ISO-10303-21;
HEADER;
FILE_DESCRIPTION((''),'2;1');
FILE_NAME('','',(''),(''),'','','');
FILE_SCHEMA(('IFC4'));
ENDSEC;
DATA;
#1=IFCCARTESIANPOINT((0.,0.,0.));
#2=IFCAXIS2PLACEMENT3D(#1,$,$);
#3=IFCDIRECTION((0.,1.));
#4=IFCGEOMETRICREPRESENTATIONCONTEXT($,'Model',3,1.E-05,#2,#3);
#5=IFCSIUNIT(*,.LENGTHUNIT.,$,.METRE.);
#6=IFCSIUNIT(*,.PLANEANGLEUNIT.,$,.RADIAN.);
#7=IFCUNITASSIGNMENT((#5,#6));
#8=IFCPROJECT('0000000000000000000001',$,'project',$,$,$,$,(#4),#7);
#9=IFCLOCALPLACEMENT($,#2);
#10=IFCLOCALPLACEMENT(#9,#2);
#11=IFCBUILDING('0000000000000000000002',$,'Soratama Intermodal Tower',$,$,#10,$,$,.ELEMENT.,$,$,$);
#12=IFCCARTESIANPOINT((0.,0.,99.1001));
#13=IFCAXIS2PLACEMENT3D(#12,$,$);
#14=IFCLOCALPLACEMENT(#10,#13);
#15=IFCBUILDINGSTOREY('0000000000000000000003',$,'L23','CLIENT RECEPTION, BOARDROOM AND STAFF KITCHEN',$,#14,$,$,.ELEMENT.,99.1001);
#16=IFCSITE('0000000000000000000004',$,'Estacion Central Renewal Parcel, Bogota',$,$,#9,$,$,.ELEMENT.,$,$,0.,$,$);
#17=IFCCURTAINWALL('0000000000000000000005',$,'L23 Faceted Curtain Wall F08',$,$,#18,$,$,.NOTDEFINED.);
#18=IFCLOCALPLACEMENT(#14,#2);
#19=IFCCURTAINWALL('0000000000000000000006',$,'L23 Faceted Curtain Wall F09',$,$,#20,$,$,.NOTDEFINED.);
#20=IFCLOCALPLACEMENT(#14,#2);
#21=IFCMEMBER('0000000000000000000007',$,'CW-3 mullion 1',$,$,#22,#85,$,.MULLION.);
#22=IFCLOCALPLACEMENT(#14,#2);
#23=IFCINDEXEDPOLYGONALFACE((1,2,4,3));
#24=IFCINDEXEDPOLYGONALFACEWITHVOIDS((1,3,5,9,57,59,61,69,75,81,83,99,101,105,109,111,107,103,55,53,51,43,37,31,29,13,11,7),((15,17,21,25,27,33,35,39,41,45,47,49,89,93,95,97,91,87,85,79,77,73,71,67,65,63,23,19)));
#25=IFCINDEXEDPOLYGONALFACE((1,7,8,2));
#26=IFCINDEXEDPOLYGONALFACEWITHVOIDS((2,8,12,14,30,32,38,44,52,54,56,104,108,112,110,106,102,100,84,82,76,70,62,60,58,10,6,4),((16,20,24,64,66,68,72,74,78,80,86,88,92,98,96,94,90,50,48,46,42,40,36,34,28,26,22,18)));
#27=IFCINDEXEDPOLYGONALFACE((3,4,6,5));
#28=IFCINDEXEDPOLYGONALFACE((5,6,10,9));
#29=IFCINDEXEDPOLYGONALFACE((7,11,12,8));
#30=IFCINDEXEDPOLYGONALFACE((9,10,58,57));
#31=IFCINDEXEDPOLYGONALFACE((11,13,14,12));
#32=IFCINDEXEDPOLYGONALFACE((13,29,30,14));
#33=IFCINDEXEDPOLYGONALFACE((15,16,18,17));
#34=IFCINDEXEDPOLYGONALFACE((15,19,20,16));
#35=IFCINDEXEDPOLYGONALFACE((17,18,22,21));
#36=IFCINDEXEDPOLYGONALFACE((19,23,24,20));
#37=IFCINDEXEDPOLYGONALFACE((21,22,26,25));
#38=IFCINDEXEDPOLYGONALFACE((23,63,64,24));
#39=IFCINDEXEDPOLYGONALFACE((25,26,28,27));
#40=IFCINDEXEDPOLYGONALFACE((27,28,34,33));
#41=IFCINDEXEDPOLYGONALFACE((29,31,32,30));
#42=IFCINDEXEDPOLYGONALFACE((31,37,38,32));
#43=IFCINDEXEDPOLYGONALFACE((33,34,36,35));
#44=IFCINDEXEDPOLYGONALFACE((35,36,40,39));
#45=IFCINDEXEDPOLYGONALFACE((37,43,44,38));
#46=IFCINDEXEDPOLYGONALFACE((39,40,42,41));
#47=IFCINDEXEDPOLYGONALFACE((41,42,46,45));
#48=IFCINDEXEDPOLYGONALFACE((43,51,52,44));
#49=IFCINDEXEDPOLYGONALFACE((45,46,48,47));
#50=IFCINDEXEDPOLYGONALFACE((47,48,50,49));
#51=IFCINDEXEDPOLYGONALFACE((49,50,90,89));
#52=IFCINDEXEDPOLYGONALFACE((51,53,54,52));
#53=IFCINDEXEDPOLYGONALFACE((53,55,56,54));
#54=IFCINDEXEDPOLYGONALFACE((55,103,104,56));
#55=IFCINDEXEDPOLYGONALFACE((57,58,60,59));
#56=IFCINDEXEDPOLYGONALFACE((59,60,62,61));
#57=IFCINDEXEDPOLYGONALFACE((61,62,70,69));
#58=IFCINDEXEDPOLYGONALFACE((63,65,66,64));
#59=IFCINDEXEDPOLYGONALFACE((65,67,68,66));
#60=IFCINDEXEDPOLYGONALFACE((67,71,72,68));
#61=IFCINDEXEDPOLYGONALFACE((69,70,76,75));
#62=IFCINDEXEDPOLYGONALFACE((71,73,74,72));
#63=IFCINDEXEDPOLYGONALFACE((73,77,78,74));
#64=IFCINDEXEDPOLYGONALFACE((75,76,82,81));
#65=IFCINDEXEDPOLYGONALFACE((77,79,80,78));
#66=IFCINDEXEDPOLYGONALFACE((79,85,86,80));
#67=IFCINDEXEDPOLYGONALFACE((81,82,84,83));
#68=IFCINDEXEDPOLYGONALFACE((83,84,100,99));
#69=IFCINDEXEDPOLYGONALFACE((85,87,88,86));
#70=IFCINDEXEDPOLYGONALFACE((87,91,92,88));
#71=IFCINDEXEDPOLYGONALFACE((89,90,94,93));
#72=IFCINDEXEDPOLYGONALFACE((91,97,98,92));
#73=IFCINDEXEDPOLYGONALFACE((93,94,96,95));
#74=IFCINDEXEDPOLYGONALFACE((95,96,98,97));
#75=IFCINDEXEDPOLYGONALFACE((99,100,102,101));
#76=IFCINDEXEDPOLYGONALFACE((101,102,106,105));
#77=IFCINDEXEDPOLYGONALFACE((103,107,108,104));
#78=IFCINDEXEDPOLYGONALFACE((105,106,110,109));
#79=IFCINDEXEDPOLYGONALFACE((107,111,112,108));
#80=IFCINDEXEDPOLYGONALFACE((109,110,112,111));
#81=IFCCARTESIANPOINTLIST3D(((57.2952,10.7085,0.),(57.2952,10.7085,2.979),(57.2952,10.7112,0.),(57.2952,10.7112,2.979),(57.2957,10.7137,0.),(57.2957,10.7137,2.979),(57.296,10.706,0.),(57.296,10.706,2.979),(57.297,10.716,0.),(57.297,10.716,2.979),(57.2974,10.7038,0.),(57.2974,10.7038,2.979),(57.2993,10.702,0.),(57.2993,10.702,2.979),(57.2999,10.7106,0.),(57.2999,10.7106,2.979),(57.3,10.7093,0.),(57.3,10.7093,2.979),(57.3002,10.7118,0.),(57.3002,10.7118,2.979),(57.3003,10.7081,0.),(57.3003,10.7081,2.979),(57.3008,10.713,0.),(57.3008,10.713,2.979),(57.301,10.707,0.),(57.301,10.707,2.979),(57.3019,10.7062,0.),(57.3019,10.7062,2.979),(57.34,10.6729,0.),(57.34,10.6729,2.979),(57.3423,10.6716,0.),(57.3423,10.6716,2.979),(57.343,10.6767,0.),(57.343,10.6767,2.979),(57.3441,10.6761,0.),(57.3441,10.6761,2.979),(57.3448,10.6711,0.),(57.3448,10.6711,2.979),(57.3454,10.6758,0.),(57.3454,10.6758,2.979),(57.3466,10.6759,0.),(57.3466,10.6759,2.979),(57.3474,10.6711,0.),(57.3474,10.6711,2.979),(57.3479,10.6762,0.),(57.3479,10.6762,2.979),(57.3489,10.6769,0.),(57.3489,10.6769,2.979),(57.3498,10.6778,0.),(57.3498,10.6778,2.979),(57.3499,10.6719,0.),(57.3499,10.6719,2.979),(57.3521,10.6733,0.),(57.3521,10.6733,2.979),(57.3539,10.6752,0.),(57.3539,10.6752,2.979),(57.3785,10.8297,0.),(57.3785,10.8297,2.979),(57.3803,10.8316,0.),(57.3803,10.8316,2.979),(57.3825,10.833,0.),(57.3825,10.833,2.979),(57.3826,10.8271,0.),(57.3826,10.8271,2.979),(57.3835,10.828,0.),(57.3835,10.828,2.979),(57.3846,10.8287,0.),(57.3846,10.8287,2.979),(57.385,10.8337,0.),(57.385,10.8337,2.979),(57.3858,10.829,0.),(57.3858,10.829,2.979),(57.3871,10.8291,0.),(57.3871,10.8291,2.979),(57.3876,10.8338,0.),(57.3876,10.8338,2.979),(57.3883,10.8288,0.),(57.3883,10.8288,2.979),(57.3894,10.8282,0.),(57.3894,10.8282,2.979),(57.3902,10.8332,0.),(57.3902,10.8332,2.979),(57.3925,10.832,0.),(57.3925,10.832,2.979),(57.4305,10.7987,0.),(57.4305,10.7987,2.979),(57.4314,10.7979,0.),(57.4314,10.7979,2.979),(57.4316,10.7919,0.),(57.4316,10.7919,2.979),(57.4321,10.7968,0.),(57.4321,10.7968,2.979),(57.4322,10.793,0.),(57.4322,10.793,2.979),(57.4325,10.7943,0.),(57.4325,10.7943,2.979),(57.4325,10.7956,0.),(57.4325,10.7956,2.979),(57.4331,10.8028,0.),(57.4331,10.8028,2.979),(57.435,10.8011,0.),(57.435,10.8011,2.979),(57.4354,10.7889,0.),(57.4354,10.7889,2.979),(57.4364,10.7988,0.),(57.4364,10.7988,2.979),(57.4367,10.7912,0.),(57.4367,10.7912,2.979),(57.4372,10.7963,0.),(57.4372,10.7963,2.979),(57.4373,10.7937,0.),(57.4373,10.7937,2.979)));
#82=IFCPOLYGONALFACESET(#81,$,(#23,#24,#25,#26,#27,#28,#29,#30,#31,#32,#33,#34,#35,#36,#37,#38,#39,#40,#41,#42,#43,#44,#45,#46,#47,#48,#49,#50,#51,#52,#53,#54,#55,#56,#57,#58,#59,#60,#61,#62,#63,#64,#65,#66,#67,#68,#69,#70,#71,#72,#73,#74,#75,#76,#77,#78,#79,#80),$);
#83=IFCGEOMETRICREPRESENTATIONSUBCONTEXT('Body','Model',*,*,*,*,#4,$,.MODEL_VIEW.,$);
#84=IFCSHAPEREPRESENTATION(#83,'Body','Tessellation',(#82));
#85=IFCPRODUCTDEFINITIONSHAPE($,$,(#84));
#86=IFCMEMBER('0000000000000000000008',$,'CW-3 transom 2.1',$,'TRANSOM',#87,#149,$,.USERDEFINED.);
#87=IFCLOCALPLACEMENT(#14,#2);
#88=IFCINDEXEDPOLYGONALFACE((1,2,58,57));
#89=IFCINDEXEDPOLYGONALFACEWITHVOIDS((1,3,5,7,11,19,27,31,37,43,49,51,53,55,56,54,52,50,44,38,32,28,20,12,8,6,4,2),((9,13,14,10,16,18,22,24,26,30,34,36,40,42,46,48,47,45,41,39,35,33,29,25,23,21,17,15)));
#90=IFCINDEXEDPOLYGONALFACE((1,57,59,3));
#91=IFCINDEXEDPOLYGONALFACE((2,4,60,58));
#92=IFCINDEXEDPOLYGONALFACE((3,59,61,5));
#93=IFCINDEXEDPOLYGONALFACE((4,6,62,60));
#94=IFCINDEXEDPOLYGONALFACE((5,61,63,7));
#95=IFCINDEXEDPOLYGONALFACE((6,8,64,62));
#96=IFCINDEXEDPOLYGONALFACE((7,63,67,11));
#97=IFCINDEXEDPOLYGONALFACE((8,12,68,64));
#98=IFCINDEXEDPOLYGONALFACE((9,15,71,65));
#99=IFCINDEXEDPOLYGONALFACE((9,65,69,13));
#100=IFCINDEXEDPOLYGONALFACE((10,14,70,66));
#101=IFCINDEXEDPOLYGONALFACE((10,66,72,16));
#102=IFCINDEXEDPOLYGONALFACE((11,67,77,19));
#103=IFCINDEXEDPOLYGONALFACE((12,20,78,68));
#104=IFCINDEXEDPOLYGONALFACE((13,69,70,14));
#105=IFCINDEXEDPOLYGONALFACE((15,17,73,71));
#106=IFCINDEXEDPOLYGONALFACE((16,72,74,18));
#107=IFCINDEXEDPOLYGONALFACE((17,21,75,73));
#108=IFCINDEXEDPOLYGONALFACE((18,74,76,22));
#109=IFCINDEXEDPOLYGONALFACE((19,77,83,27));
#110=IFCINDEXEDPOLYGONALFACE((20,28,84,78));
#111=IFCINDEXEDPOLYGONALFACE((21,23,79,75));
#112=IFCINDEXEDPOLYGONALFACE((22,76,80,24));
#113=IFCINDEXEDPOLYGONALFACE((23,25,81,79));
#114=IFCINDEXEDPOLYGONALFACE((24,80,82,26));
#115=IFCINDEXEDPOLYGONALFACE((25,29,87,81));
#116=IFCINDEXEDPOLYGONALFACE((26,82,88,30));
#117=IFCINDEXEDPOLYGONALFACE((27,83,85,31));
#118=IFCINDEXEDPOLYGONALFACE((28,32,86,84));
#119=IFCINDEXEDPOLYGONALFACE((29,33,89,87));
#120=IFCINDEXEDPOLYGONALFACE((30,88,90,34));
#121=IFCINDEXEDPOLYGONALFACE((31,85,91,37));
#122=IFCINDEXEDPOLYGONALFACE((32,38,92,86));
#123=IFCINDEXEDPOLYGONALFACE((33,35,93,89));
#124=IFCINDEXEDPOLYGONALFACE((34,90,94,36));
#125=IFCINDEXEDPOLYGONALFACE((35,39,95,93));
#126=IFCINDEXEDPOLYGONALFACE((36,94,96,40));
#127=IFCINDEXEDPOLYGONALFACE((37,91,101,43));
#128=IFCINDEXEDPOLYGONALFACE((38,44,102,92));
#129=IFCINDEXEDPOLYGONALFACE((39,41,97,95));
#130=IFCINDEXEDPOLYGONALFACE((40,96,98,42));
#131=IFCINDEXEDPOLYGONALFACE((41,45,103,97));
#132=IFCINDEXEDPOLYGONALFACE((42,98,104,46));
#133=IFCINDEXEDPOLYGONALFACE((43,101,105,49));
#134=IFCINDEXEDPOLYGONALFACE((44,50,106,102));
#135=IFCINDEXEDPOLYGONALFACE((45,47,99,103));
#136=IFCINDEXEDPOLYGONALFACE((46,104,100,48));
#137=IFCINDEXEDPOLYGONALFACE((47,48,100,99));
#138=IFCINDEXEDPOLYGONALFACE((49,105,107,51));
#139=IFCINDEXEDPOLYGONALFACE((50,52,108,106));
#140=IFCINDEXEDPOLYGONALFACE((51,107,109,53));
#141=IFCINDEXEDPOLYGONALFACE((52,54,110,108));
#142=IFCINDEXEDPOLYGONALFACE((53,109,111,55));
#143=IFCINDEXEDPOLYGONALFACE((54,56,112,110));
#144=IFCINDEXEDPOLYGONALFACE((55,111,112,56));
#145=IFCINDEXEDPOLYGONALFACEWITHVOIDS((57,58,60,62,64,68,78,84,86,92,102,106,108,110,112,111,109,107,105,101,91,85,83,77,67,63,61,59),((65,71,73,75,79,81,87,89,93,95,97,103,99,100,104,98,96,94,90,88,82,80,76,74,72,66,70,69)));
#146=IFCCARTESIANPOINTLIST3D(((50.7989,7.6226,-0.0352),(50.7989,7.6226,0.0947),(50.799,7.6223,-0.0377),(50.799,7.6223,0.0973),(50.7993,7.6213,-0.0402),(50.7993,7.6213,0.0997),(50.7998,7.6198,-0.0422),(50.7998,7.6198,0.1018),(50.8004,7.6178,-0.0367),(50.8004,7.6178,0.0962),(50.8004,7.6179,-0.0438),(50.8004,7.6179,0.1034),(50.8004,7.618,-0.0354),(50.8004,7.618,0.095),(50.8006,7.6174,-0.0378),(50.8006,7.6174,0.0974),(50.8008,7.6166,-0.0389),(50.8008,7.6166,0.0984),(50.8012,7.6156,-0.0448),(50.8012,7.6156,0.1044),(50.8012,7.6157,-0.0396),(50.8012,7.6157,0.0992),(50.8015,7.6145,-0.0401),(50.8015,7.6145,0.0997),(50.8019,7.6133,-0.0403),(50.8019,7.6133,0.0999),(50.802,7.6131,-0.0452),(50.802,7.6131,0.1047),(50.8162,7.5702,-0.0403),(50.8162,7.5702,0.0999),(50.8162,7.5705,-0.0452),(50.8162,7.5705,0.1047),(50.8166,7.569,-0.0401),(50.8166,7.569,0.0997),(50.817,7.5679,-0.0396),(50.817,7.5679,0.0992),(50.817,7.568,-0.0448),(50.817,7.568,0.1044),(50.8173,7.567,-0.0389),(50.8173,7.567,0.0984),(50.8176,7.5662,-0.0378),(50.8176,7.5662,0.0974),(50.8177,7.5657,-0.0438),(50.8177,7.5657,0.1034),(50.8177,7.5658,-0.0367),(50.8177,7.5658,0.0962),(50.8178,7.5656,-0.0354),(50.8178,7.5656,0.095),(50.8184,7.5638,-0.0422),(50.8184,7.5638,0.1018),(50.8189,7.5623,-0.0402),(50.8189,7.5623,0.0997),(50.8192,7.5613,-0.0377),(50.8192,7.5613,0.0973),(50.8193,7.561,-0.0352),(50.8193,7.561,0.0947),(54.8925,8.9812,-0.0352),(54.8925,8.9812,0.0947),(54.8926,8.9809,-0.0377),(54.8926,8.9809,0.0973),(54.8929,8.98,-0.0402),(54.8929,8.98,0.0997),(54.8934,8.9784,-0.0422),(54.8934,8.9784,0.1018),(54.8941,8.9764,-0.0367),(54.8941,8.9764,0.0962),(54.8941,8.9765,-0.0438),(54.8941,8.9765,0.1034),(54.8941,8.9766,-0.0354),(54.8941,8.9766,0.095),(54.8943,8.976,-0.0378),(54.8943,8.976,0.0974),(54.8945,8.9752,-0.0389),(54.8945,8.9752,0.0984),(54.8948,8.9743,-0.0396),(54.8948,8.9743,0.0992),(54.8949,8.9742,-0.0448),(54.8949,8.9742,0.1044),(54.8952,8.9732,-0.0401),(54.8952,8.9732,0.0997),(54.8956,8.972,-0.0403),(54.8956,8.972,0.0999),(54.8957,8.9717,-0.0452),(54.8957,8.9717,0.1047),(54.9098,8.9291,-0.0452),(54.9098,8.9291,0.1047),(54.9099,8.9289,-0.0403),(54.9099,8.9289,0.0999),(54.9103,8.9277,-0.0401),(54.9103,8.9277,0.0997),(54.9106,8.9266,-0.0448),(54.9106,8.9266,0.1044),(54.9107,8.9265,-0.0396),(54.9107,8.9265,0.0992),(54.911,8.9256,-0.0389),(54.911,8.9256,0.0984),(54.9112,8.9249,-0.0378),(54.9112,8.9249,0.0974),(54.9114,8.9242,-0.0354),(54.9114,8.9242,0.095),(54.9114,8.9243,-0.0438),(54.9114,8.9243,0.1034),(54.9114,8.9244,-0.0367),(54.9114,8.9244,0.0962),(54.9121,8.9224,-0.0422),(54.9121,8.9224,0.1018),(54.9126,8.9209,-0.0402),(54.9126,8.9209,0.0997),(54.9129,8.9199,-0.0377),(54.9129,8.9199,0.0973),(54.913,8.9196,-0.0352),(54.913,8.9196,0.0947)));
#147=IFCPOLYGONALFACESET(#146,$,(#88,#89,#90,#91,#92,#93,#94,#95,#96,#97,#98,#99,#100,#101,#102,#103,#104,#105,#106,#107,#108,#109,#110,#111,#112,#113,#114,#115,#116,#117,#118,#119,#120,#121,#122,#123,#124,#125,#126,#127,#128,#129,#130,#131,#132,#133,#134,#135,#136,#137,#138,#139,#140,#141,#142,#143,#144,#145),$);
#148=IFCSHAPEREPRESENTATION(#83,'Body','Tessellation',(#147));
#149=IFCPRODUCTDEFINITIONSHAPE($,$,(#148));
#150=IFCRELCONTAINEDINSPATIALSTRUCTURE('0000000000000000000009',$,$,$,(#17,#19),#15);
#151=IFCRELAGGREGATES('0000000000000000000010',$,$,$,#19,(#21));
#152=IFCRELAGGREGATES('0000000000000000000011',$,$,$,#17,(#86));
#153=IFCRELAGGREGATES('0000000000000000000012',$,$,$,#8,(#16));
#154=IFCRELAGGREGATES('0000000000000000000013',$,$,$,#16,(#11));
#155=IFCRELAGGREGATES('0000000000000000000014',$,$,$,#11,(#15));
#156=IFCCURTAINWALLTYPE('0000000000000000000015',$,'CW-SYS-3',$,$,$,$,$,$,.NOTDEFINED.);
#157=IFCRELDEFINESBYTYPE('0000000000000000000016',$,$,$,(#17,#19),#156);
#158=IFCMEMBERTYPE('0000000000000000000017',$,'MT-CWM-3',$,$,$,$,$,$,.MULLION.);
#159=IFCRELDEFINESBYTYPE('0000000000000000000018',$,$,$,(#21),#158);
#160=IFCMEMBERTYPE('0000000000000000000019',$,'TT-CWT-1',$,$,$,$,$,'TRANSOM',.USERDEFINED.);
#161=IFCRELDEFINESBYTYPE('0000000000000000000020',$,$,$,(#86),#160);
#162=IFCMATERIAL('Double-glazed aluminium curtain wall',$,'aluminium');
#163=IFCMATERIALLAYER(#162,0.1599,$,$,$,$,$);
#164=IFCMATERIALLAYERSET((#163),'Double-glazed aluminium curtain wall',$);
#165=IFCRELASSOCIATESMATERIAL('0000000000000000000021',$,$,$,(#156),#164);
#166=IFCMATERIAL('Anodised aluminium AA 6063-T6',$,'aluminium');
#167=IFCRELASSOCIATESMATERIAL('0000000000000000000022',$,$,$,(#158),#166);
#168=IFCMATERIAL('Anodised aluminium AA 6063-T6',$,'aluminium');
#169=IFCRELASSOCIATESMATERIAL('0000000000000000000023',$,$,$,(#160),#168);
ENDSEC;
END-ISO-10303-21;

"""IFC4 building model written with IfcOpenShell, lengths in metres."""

from ifc_helpers import new_model, si_unit, direction, frame, origin, origin_2d, place, context, subcontext, project, spatial, hollow_rectangle, extrude, material, layer, layer_set, material_profile, profile_set, type_object, element, aggregate, save


model = new_model("IFC4")

# Units and contexts
model_context = context("Model", 3, precision=1e-05, world=origin(), true_north=direction((0.0, 1.0)))
body_context = subcontext(model_context, "Body", "Model", "MODEL_VIEW")
ifc_project = project(units=[si_unit("LENGTHUNIT", "METRE"), si_unit("PLANEANGLEUNIT", "RADIAN")], contexts=[model_context])

# Site, building, storey
site_placement = place(None, origin())
site = spatial("IfcSite", under=ifc_project, at=site_placement, Name="Estacion Central Renewal Parcel, Bogota", CompositionType="ELEMENT", RefElevation=0.0)
building_placement = place(site_placement, origin())
building = spatial("IfcBuilding", under=site, at=building_placement, Name="Soratama Intermodal Tower", CompositionType="ELEMENT")
storey_placement = place(building_placement, frame((0.0, 0.0, 99.1001)))
storey = spatial("IfcBuildingStorey", under=building, at=storey_placement, Name="L23", Description="CLIENT RECEPTION, BOARDROOM AND STAFF KITCHEN", CompositionType="ELEMENT", Elevation=99.1001)

# Curtain wall
ifc_material_1 = material(Name="Double-glazed aluminium curtain wall", Category="aluminium")
ifc_layer_1 = layer(ifc_material_1, 0.1599)
ifc_layer_set_1 = layer_set([ifc_layer_1], Name="Double-glazed aluminium curtain wall")
curtain_wall_type = type_object("IfcCurtainWallType", Name="CW-SYS-3", PredefinedType="NOTDEFINED", material=ifc_layer_set_1)
curtain_wall_1_placement = place(storey_placement, origin())
curtain_wall_1 = element("IfcCurtainWall", 1, at=curtain_wall_1_placement, inside=storey, type_object=curtain_wall_type, Name="L23 Faceted Curtain Wall F08", PredefinedType="NOTDEFINED")
ifc_material_2 = material(Name="Anodised aluminium AA 6063-T6", Category="aluminium")
ifc_material_profile_1 = material_profile(ifc_material_2, hollow_rectangle(XDim=0.0701, YDim=0.1599, WallThickness=0.0049, InnerFilletRadius=0.0049, OuterFilletRadius=0.01, at=origin_2d()), Name="CWM160X70X5")
ifc_profile_set_1 = profile_set([ifc_material_profile_1], Name="Anodised aluminium AA 6063-T6")
member_type_1 = type_object("IfcMemberType", Name="MT-CWM-3", PredefinedType="MULLION", material=ifc_profile_set_1)

# Curtain wall, member
curtain_wall_2_placement = place(storey_placement, origin())
curtain_wall_2 = element("IfcCurtainWall", 2, at=curtain_wall_2_placement, inside=storey, type_object=curtain_wall_type, Name="L23 Faceted Curtain Wall F09", PredefinedType="NOTDEFINED")
member_1_placement = place(storey_placement, frame((57.3662, 10.7524, 0.0), z_axis=(0.0, 0.0, 1.0), x_axis=(-0.812696, 0.582687, 0.0)))
member_1 = element("IfcMember", 3, at=member_1_placement, type_object=member_type_1, Name="CW-3 mullion 1", PredefinedType="MULLION", context=body_context, shape_type="SweptSolid", body=[
    extrude(hollow_rectangle(XDim=0.0701, YDim=0.1599, WallThickness=0.0049, InnerFilletRadius=0.0049, OuterFilletRadius=0.01, at=origin_2d()), origin(), (0.0, 0.0, 1.0), 2.979),
])

# Member
ifc_material_3 = material(Name="Anodised aluminium AA 6063-T6", Category="aluminium")
ifc_material_profile_2 = material_profile(ifc_material_3, hollow_rectangle(XDim=0.0649, YDim=0.1499, WallThickness=0.0049, InnerFilletRadius=0.0049, OuterFilletRadius=0.01, at=origin_2d()), Name="CWT150X65X5")
ifc_profile_set_2 = profile_set([ifc_material_profile_2], Name="Anodised aluminium AA 6063-T6")
member_type_2 = type_object("IfcMemberType", Name="TT-CWT-1", ElementType="TRANSOM", PredefinedType="USERDEFINED", material=ifc_profile_set_2)
member_2_placement = place(storey_placement, frame((50.8091, 7.5918, 0.0298), z_axis=(0.949096, 0.314988, 0.0), x_axis=(-0.314988, 0.949096, 0.0)))
member_2 = element("IfcMember", 4, at=member_2_placement, type_object=member_type_2, Name="CW-3 transom 2.1", ObjectType="TRANSOM", PredefinedType="USERDEFINED", context=body_context, shape_type="SweptSolid", body=[
    extrude(hollow_rectangle(XDim=0.0649, YDim=0.1499, WallThickness=0.0049, InnerFilletRadius=0.0049, OuterFilletRadius=0.01, at=origin_2d()), origin(), (0.0, 0.0, 1.0), 4.3132),
])
aggregate(curtain_wall_2, [member_1])

aggregate(curtain_wall_1, [member_2])

save(model, "model.ifc")
